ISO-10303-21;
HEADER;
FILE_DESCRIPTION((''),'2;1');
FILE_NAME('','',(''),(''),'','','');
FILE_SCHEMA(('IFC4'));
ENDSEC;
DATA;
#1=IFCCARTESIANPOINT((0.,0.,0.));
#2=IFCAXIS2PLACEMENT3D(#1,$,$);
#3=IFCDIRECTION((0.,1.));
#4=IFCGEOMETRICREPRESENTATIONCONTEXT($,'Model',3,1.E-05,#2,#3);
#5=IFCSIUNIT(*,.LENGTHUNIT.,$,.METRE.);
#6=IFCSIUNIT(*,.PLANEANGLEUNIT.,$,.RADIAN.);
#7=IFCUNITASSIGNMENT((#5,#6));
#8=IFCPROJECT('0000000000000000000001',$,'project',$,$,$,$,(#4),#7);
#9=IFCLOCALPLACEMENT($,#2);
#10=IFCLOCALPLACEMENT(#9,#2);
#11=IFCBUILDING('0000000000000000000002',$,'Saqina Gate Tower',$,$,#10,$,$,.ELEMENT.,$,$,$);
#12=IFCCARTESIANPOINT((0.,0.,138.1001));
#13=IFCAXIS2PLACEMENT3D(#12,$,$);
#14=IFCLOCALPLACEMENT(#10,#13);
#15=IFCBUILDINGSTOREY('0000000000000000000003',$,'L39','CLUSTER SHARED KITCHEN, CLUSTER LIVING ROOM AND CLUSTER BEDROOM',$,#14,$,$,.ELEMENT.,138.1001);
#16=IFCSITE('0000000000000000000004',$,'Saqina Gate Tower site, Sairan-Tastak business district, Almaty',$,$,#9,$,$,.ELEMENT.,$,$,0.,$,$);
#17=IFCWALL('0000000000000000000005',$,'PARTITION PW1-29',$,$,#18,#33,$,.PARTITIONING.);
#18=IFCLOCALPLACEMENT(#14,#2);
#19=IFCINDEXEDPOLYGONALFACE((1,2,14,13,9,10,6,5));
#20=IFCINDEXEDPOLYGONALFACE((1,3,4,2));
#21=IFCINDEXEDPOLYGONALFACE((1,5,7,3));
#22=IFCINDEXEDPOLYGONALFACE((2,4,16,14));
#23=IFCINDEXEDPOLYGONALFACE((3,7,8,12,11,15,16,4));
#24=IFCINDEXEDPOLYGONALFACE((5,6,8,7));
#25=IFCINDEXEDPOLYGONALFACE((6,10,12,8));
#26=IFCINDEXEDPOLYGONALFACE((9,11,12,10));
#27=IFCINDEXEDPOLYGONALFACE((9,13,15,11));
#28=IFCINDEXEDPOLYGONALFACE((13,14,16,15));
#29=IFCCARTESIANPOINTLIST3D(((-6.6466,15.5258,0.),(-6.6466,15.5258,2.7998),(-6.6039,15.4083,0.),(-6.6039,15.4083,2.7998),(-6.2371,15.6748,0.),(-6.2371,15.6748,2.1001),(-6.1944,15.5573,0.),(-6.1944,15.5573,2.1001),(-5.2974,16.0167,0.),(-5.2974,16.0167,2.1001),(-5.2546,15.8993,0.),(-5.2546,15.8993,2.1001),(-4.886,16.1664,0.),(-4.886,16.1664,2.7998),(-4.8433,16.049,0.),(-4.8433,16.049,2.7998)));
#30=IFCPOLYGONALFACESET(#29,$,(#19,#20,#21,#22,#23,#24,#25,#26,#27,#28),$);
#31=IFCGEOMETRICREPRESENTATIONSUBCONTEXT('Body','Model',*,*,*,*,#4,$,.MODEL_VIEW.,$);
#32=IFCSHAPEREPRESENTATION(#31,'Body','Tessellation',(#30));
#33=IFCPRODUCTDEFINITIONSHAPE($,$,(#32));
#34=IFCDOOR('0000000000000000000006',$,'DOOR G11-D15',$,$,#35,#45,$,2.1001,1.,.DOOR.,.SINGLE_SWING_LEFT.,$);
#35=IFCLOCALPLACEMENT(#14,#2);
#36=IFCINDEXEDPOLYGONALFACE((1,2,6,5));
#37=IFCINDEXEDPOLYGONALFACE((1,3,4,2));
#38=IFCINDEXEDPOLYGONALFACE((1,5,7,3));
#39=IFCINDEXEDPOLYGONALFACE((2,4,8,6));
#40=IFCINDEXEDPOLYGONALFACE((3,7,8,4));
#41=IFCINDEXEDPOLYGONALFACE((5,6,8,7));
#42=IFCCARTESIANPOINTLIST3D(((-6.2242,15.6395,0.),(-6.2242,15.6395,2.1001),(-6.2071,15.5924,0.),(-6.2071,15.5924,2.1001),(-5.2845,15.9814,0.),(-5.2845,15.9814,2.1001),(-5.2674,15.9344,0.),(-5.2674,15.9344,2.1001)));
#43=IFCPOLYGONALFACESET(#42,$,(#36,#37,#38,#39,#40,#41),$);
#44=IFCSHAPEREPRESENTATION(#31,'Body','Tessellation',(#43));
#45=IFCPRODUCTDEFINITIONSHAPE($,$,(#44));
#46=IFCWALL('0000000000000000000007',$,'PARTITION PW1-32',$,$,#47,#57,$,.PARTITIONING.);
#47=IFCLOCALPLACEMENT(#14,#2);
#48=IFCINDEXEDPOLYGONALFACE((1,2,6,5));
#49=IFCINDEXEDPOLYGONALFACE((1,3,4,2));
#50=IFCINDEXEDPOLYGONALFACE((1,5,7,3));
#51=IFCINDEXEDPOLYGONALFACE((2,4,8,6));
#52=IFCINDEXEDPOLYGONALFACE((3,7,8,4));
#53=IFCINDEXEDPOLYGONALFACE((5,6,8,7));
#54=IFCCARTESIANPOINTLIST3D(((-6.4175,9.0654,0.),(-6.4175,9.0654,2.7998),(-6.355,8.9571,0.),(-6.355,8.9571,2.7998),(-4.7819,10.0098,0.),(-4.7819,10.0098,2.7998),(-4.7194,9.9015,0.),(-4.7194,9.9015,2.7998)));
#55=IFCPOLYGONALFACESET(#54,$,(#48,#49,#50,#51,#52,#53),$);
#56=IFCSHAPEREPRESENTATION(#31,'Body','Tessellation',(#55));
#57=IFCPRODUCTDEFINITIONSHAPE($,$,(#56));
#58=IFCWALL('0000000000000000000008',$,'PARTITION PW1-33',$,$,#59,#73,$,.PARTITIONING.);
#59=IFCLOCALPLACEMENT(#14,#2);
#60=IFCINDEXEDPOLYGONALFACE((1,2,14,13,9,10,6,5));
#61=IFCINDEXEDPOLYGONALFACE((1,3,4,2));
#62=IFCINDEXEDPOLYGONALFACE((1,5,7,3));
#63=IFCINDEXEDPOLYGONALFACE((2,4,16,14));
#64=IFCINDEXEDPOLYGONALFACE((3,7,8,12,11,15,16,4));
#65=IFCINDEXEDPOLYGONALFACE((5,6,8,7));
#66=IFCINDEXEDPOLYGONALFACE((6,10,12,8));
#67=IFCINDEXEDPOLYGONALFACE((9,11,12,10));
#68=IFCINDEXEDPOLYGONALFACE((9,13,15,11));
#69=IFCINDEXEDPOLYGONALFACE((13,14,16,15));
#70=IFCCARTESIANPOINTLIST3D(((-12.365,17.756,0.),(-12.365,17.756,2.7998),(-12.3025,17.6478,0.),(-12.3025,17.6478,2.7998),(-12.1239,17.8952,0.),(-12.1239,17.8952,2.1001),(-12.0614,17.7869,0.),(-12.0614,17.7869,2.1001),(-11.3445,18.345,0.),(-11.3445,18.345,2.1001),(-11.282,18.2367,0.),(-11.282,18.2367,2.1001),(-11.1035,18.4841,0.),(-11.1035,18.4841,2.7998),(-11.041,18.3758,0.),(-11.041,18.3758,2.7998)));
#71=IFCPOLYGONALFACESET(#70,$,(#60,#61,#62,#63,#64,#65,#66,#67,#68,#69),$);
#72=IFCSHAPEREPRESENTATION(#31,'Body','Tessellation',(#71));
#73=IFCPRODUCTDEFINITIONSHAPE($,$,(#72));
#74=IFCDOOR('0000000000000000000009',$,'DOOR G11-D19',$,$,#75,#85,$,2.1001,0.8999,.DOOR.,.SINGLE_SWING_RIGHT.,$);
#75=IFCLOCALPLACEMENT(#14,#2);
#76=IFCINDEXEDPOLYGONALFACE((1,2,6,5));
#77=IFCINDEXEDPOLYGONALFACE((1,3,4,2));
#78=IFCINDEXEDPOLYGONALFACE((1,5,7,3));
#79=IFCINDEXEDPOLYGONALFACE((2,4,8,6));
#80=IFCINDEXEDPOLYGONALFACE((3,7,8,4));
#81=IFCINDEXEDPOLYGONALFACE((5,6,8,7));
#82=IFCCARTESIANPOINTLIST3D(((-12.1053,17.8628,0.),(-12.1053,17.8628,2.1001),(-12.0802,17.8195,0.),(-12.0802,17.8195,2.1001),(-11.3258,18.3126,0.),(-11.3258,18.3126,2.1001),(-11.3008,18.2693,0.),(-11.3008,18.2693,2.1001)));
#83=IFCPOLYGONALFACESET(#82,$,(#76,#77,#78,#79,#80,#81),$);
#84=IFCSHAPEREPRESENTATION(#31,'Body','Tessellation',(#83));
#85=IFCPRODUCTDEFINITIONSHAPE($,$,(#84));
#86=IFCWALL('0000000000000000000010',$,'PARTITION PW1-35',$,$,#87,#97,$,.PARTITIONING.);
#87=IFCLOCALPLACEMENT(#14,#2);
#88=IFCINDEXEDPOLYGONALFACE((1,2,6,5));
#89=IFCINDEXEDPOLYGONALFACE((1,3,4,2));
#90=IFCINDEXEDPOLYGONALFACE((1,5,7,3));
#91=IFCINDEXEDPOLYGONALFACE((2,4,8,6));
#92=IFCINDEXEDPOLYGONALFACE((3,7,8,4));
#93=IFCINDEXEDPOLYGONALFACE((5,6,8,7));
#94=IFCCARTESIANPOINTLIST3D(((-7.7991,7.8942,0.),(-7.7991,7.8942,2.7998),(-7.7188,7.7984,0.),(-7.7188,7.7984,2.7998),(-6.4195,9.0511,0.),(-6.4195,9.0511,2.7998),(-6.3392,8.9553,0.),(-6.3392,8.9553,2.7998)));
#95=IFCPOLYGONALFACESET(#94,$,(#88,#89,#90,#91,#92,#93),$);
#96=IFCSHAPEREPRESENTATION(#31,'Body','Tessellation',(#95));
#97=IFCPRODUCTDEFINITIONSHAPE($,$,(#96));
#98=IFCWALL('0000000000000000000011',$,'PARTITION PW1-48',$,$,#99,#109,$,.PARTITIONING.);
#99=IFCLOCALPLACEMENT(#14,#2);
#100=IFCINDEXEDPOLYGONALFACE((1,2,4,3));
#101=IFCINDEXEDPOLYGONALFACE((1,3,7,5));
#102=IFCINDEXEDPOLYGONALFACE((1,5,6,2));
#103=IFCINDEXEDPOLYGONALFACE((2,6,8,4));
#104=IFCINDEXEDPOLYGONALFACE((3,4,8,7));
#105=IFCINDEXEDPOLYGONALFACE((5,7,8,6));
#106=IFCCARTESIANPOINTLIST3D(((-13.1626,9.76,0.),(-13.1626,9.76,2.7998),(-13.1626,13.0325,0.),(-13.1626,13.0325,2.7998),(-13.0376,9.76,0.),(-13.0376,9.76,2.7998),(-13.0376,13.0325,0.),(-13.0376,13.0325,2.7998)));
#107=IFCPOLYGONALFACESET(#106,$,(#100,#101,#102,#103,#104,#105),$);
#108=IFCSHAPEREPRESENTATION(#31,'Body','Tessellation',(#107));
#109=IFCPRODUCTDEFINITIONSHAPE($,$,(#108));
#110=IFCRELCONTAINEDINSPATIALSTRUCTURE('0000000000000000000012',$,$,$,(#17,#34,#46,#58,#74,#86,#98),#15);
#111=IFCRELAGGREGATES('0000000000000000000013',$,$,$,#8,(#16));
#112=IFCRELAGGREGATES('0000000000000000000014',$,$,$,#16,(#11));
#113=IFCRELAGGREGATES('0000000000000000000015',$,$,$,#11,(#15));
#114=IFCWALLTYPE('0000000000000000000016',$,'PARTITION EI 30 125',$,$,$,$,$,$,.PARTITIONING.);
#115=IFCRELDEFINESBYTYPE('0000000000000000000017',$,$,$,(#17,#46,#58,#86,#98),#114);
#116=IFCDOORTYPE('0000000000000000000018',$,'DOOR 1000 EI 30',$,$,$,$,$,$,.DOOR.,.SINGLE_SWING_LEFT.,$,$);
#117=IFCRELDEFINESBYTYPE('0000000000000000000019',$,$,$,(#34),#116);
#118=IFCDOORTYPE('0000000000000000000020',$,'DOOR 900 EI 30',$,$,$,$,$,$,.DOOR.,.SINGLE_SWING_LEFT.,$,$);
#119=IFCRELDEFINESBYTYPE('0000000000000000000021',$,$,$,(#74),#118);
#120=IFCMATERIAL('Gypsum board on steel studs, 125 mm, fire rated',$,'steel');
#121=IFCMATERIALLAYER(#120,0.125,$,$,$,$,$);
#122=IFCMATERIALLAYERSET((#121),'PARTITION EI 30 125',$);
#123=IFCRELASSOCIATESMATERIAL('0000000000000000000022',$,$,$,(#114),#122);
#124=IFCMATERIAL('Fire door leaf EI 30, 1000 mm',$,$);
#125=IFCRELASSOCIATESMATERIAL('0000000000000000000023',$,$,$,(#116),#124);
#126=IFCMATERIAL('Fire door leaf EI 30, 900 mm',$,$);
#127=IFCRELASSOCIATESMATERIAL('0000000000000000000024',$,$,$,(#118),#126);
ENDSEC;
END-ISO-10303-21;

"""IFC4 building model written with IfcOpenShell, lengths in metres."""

from ifc_helpers import new_model, si_unit, direction, frame, frame_2d, origin, place, context, subcontext, project, spatial, rectangle, extrude, material, layer, layer_set, type_object, element, fill, save


model = new_model("IFC4")

# Units and contexts
model_context = context("Model", 3, precision=1e-05, world=origin(), true_north=direction((0.0, 1.0)))
body_context = subcontext(model_context, "Body", "Model", "MODEL_VIEW")
ifc_project = project(units=[si_unit("LENGTHUNIT", "METRE"), si_unit("PLANEANGLEUNIT", "RADIAN")], contexts=[model_context])

# Site, building, storey
site_placement = place(None, origin())
site = spatial("IfcSite", under=ifc_project, at=site_placement, Name="Saqina Gate Tower site, Sairan-Tastak business district, Almaty", CompositionType="ELEMENT", RefElevation=0.0)
building_placement = place(site_placement, origin())
building = spatial("IfcBuilding", under=site, at=building_placement, Name="Saqina Gate Tower", CompositionType="ELEMENT")
storey_placement = place(building_placement, frame((0.0, 0.0, 138.1001)))
storey = spatial("IfcBuildingStorey", under=building, at=storey_placement, Name="L39", Description="CLUSTER SHARED KITCHEN, CLUSTER LIVING ROOM AND CLUSTER BEDROOM", CompositionType="ELEMENT", Elevation=138.1001)

# Shared definitions
ifc_material_1 = material(Name="Gypsum board on steel studs, 125 mm, fire rated", Category="steel")
ifc_layer_1 = layer(ifc_material_1, 0.125)
ifc_layer_set_1 = layer_set([ifc_layer_1], Name="PARTITION EI 30 125")
wall_type_1 = type_object("IfcWallType", Name="PARTITION EI 30 125", PredefinedType="PARTITIONING", material=ifc_layer_set_1)

# Wall, opening, door
wall_1_placement = place(storey_placement, frame((-6.6252, 15.467, 0.0), z_axis=(0.0, 0.0, 1.0), x_axis=(0.939717, 0.341952, 0.0)))
wall_1 = element("IfcWall", 1, at=wall_1_placement, inside=storey, type_object=wall_type_1, Name="PARTITION PW1-29", PredefinedType="PARTITIONING", context=body_context, shape_type="SweptSolid", body=[
    extrude(rectangle(XDim=1.8735, YDim=0.125, at=frame_2d((0.9368, 0.0))), origin(), (0.0, 0.0, 1.0), 2.7998),
])
opening_1_placement = place(wall_1_placement, frame((0.4358, 0.0, 0.0)))
opening_1 = element("IfcOpeningElement", 2, at=opening_1_placement, cuts=wall_1, PredefinedType="OPENING", context=body_context, shape_type="SweptSolid", body=[
    extrude(rectangle(XDim=1.0, YDim=2.1001, at=frame_2d((0.5, 1.05))), frame((0.0, 0.0745, 0.0), z_axis=(0.0, -1.0, 0.0), x_axis=(1.0, 0.0, 0.0)), (0.0, 0.0, 1.0), 0.1489),
])
ifc_material_2 = material(Name="Fire door leaf EI 30, 1000 mm")
door_type_1 = type_object("IfcDoorType", Name="DOOR 1000 EI 30", OperationType="SINGLE_SWING_LEFT", PredefinedType="DOOR", material=ifc_material_2)
door_1_placement = place(opening_1_placement, origin())
door_1 = element("IfcDoor", 3, at=door_1_placement, inside=storey, type_object=door_type_1, Name="DOOR G11-D15", OperationType="SINGLE_SWING_LEFT", OverallHeight=2.1001, OverallWidth=1.0, PredefinedType="DOOR", context=body_context, shape_type="SweptSolid", body=[
    extrude(rectangle(XDim=1.0, YDim=2.1001, at=frame_2d((0.5, 1.05))), frame((0.0, 0.0249, 0.0), z_axis=(0.0, -1.0, 0.0), x_axis=(1.0, 0.0, 0.0)), (0.0, 0.0, 1.0), 0.05),
])
fill(opening_1, door_1)

# Wall
wall_2_placement = place(storey_placement, frame((-6.3862, 9.0112, 0.0), z_axis=(0.0, 0.0, 1.0), x_axis=(0.866007, 0.500032, 0.0)))
element("IfcWall", 4, at=wall_2_placement, inside=storey, type_object=wall_type_1, Name="PARTITION PW1-32", PredefinedType="PARTITIONING", context=body_context, shape_type="SweptSolid", body=[
    extrude(rectangle(XDim=1.8887, YDim=0.125, at=frame_2d((0.9443, 0.0))), origin(), (0.0, 0.0, 1.0), 2.7998),
])

# Wall, opening, door
wall_3_placement = place(storey_placement, frame((-12.3337, 17.7019, 0.0), z_axis=(0.0, 0.0, 1.0), x_axis=(0.86611, 0.499853, 0.0)))
wall_3 = element("IfcWall", 5, at=wall_3_placement, inside=storey, type_object=wall_type_1, Name="PARTITION PW1-33", PredefinedType="PARTITIONING", context=body_context, shape_type="SweptSolid", body=[
    extrude(rectangle(XDim=1.4565, YDim=0.125, at=frame_2d((0.7283, 0.0))), origin(), (0.0, 0.0, 1.0), 2.7998),
])
opening_2_placement = place(wall_3_placement, frame((0.2783, 0.0, 0.0)))
opening_2 = element("IfcOpeningElement", 6, at=opening_2_placement, cuts=wall_3, PredefinedType="OPENING", context=body_context, shape_type="SweptSolid", body=[
    extrude(rectangle(XDim=0.8999, YDim=2.1001, at=frame_2d((0.45, 1.05))), frame((0.0, 0.0745, 0.0), z_axis=(0.0, -1.0, 0.0), x_axis=(1.0, 0.0, 0.0)), (0.0, 0.0, 1.0), 0.1489),
])
ifc_material_3 = material(Name="Fire door leaf EI 30, 900 mm")
door_type_2 = type_object("IfcDoorType", Name="DOOR 900 EI 30", OperationType="SINGLE_SWING_LEFT", PredefinedType="DOOR", material=ifc_material_3)
door_2_placement = place(opening_2_placement, frame((0.8999, 0.0, 0.0), z_axis=(0.0, 0.0, 1.0), x_axis=(-1.0, 0.0, 0.0)))
door_2 = element("IfcDoor", 7, at=door_2_placement, inside=storey, type_object=door_type_2, Name="DOOR G11-D19", OperationType="SINGLE_SWING_RIGHT", OverallHeight=2.1001, OverallWidth=0.8999, PredefinedType="DOOR", context=body_context, shape_type="SweptSolid", body=[
    extrude(rectangle(XDim=0.8999, YDim=2.1001, at=frame_2d((0.45, 1.05))), frame((0.0, 0.0249, 0.0), z_axis=(0.0, -1.0, 0.0), x_axis=(1.0, 0.0, 0.0)), (0.0, 0.0, 1.0), 0.05),
])
fill(opening_2, door_2)

# Walls
wall_4_placement = place(storey_placement, frame((-7.759, 7.8462, 0.0), z_axis=(0.0, 0.0, 1.0), x_axis=(0.766228, 0.642569, 0.0)))
element("IfcWall", 8, at=wall_4_placement, inside=storey, type_object=wall_type_1, Name="PARTITION PW1-35", PredefinedType="PARTITIONING", context=body_context, shape_type="SweptSolid", body=[
    extrude(rectangle(XDim=1.8005, YDim=0.125, at=frame_2d((0.9004, 0.0))), origin(), (0.0, 0.0, 1.0), 2.7998),
])
wall_5_placement = place(storey_placement, frame((-13.1001, 9.76, 0.0), z_axis=(0.0, 0.0, 1.0), x_axis=(0.0, 1.0, 0.0)))
element("IfcWall", 9, at=wall_5_placement, inside=storey, type_object=wall_type_1, Name="PARTITION PW1-48", PredefinedType="PARTITIONING", context=body_context, shape_type="SweptSolid", body=[
    extrude(rectangle(XDim=3.2725, YDim=0.125, at=frame_2d((1.6362, 0.0))), origin(), (0.0, 0.0, 1.0), 2.7998),
])

save(model, "model.ifc")
